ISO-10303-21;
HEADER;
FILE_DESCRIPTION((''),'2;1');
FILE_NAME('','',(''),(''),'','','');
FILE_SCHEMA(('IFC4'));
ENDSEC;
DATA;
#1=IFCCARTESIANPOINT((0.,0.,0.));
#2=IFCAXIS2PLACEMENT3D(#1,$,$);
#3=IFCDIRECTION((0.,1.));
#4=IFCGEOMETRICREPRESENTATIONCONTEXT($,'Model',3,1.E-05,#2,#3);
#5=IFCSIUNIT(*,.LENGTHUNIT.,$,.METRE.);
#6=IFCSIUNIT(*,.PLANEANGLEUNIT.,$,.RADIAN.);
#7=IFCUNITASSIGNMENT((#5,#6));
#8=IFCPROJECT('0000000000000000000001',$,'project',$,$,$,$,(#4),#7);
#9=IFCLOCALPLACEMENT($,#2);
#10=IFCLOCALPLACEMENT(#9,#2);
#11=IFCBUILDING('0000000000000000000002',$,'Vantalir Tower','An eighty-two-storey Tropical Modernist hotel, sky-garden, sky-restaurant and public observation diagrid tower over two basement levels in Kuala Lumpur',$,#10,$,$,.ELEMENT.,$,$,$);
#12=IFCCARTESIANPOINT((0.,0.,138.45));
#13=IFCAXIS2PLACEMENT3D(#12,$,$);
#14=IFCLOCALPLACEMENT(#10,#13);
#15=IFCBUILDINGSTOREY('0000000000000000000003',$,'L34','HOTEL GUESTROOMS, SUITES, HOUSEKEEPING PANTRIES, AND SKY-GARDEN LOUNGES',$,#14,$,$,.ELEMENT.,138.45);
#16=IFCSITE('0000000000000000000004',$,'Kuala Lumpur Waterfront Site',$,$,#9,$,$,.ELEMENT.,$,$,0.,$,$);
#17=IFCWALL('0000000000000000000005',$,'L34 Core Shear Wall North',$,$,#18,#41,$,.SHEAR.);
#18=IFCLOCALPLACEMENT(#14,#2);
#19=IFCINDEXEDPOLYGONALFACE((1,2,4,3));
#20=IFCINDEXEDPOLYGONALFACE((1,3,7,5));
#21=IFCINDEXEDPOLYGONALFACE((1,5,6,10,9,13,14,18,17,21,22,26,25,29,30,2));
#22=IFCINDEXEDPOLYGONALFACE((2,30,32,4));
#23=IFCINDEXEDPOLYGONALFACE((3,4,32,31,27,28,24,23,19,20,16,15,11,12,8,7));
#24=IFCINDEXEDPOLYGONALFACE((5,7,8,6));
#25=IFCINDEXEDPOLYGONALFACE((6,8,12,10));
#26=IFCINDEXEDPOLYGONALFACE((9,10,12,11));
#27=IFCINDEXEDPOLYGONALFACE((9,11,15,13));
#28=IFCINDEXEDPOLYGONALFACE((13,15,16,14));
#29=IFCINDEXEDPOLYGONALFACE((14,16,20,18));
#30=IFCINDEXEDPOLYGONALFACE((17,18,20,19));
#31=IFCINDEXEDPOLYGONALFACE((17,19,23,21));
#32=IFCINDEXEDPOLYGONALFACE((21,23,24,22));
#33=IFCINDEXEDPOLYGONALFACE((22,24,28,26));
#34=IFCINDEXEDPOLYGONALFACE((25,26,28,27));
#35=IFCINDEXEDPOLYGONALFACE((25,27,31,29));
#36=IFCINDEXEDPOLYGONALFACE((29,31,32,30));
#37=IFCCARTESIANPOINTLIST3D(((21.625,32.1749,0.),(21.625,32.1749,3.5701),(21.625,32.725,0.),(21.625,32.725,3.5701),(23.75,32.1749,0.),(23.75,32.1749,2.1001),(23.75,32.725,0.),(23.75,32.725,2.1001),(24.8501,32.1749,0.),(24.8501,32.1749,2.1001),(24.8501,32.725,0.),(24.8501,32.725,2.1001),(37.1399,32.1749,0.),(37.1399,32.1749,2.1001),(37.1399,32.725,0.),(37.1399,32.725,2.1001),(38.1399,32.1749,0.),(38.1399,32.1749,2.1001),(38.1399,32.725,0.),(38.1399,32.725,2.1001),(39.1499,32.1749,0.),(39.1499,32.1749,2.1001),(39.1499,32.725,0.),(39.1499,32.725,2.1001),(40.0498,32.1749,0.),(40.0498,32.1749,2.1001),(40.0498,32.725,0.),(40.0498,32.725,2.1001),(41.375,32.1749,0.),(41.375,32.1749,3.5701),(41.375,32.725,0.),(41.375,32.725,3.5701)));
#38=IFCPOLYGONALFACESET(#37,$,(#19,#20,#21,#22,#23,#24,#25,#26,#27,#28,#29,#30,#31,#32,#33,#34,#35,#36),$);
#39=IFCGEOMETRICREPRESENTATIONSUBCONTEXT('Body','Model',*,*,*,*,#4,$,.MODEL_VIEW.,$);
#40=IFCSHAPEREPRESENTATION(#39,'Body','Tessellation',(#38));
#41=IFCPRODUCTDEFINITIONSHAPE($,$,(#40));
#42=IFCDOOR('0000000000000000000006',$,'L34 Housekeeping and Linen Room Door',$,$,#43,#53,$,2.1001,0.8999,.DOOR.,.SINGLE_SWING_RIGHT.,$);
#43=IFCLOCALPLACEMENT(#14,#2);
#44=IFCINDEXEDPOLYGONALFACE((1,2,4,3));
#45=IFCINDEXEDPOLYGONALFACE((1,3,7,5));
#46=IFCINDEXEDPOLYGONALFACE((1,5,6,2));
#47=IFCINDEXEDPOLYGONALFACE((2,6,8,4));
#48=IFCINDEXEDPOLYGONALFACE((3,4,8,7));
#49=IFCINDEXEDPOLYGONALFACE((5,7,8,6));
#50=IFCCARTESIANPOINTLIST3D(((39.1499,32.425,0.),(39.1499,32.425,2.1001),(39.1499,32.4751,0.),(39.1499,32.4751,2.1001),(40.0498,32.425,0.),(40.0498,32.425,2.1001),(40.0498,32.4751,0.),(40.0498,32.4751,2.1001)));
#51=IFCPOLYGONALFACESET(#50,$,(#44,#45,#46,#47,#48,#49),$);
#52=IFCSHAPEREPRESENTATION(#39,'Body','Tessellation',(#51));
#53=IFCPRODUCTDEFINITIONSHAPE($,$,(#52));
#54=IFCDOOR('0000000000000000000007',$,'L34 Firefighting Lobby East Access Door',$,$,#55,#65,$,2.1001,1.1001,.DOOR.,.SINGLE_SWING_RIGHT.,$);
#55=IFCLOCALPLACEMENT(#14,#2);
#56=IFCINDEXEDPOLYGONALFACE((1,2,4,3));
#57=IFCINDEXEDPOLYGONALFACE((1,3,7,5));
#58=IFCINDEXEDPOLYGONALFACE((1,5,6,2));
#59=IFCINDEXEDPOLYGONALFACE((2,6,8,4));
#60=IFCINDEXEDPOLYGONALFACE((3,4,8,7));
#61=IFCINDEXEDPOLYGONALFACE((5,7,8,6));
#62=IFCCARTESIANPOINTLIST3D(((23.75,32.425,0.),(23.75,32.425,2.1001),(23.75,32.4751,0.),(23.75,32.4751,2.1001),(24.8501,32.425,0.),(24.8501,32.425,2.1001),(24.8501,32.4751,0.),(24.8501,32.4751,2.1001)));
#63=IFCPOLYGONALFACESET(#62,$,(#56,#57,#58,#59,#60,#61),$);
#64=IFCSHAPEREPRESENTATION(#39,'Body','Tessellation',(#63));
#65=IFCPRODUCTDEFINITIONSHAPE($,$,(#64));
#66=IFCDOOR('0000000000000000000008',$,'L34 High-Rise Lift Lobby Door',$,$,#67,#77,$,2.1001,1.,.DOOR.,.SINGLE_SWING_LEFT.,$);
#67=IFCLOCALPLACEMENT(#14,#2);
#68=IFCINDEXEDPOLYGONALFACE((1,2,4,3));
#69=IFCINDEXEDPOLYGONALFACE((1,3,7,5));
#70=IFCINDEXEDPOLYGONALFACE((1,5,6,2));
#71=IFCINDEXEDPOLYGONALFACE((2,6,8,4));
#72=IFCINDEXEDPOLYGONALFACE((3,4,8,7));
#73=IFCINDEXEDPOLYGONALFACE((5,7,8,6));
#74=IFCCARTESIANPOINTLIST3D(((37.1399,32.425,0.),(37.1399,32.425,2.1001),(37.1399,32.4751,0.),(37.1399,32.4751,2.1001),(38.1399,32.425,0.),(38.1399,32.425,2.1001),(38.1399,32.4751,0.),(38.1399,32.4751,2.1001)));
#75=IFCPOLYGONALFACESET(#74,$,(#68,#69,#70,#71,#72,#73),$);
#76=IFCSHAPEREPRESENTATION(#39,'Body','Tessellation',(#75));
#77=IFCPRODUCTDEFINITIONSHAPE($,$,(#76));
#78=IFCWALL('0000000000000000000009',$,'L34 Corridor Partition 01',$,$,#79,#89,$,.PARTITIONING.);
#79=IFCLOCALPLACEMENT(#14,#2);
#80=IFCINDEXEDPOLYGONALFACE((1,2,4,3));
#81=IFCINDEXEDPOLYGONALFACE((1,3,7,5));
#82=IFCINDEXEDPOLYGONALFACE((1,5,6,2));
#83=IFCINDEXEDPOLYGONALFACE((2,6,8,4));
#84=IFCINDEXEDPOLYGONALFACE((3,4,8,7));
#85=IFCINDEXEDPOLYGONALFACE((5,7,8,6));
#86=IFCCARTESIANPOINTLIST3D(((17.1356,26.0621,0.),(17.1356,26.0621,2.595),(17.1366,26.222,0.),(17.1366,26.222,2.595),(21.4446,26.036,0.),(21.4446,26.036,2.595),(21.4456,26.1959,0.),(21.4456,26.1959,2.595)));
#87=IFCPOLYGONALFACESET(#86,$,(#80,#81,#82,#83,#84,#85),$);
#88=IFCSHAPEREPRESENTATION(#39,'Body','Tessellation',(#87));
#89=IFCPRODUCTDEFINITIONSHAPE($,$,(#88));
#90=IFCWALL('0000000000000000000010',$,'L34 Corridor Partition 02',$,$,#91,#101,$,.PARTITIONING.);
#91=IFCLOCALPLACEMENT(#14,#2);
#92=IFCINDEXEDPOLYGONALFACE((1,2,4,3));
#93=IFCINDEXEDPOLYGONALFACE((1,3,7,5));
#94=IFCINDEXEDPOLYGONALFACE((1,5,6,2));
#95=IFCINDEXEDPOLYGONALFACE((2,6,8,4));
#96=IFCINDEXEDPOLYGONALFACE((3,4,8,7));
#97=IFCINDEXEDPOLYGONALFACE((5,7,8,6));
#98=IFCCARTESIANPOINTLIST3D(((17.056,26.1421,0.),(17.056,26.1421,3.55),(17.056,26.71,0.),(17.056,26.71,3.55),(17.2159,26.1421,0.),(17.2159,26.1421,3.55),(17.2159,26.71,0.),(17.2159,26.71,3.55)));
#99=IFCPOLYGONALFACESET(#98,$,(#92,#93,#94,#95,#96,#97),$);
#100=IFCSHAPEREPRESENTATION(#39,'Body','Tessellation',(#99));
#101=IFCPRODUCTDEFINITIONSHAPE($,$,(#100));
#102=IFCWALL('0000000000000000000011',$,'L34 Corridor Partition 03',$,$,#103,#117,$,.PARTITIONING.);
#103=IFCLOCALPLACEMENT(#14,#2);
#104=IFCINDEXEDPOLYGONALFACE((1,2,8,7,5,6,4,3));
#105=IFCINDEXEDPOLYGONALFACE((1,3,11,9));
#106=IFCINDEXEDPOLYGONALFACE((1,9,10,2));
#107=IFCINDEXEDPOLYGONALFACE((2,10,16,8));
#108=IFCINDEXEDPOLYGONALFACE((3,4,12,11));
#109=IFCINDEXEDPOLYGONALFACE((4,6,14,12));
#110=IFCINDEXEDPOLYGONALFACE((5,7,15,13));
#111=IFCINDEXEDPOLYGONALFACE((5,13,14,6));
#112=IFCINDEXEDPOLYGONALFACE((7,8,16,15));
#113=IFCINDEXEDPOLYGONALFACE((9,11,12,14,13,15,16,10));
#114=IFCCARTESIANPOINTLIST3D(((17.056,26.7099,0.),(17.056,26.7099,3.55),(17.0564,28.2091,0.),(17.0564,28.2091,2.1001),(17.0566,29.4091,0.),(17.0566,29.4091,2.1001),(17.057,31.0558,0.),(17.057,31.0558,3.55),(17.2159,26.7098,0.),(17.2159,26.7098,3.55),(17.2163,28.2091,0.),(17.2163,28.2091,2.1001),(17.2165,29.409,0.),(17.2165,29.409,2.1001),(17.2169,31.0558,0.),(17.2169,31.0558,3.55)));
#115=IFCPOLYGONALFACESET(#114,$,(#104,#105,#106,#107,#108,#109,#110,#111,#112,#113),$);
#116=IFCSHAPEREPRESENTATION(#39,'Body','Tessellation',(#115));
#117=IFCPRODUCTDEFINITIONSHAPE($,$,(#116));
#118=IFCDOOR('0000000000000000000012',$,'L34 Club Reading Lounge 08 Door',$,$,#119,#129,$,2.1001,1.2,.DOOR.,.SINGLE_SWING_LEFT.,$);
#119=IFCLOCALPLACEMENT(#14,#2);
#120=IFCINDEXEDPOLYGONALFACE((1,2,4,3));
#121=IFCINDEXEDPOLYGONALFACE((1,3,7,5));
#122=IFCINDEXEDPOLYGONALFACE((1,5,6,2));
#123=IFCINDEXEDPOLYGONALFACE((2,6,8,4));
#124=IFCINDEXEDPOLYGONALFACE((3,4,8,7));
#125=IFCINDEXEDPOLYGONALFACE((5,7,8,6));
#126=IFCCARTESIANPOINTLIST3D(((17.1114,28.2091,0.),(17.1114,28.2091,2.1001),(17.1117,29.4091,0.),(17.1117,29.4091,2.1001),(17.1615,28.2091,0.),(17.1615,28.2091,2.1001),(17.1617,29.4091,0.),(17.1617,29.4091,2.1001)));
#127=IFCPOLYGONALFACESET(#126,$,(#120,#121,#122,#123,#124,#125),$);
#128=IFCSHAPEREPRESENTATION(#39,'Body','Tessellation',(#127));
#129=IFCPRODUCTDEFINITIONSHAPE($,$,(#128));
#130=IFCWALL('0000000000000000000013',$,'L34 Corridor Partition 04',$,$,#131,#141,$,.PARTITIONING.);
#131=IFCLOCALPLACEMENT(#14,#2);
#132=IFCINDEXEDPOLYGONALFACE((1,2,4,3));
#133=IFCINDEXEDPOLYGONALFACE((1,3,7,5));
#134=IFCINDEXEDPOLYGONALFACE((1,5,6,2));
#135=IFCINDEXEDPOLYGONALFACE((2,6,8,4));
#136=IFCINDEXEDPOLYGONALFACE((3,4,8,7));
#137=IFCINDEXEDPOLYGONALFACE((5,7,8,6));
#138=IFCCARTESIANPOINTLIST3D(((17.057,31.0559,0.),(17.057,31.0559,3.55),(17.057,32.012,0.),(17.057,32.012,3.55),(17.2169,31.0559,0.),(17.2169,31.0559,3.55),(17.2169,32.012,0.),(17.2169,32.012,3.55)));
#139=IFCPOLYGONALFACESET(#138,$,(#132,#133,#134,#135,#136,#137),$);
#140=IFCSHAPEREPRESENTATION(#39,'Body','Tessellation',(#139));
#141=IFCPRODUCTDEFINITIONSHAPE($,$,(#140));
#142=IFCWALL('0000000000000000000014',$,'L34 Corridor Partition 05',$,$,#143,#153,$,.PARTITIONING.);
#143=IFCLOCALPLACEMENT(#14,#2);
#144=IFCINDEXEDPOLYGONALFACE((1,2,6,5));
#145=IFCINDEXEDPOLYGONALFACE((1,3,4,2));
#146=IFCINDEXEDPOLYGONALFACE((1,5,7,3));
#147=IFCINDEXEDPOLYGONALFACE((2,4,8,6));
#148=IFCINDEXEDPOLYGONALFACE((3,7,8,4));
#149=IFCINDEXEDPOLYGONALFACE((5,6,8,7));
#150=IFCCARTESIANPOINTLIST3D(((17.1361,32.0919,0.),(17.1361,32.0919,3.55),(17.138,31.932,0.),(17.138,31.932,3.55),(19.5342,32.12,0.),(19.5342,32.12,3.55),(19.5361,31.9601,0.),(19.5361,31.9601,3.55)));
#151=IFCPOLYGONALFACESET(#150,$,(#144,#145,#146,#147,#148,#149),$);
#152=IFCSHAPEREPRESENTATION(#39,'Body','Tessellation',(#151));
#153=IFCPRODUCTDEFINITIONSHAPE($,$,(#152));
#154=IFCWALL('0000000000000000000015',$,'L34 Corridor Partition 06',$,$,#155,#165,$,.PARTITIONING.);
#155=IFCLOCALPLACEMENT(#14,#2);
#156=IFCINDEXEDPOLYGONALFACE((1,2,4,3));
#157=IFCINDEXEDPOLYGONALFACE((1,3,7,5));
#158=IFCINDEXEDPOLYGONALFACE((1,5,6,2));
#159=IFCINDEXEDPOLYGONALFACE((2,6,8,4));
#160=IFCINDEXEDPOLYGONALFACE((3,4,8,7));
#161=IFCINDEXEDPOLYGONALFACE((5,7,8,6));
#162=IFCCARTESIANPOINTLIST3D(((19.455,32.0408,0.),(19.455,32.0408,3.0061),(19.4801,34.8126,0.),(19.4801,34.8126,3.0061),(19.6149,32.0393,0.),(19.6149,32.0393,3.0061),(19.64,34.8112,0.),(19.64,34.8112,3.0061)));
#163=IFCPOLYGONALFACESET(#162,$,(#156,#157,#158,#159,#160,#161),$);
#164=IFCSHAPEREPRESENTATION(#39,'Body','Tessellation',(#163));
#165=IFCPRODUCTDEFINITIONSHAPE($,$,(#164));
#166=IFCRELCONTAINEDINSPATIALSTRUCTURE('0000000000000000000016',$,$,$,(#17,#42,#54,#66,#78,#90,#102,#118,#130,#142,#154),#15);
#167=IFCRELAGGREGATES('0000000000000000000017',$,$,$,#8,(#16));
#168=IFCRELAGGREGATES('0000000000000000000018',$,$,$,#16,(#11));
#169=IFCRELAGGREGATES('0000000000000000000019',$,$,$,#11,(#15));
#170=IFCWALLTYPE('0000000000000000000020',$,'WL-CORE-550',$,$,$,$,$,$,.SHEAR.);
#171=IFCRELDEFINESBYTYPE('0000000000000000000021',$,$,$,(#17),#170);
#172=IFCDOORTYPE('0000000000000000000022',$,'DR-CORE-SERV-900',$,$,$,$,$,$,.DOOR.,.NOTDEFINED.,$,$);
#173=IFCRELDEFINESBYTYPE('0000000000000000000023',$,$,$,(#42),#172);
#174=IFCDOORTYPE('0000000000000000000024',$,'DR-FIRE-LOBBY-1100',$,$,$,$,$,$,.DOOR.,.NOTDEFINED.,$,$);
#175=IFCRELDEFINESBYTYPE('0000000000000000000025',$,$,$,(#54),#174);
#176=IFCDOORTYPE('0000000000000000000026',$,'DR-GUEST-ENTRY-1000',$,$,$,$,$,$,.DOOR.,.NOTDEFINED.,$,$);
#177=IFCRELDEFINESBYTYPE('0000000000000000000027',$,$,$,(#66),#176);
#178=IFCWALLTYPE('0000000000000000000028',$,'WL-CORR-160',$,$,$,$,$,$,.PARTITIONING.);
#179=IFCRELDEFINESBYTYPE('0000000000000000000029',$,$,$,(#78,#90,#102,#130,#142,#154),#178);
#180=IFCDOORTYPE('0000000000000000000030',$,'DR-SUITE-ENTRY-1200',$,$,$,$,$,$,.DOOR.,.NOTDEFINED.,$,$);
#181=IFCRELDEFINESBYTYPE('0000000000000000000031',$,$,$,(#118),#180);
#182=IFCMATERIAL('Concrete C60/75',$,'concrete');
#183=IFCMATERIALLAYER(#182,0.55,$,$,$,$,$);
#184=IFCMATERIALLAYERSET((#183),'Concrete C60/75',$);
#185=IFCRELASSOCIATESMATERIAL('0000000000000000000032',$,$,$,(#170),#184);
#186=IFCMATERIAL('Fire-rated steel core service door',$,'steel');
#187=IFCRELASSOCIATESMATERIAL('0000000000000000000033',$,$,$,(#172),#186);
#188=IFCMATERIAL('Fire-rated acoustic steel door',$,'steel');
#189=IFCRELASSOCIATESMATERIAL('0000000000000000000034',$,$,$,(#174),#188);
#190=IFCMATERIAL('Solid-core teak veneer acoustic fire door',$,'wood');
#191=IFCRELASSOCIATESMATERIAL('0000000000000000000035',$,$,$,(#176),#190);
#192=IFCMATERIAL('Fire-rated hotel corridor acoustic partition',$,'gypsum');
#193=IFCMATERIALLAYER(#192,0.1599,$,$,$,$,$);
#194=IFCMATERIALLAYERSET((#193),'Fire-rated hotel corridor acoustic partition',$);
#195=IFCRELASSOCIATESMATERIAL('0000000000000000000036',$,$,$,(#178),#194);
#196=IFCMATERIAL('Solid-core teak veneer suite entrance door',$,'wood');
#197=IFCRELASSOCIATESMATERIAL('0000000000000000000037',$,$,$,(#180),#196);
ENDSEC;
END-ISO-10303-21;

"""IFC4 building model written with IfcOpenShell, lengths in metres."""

from ifc_helpers import new_model, si_unit, direction, frame, frame_2d, origin, place, context, subcontext, project, spatial, rectangle, extrude, material, layer, layer_set, type_object, element, fill, save


model = new_model("IFC4")

# Units and contexts
model_context = context("Model", 3, precision=1e-05, world=origin(), true_north=direction((0.0, 1.0)))
body_context = subcontext(model_context, "Body", "Model", "MODEL_VIEW")
ifc_project = project(units=[si_unit("LENGTHUNIT", "METRE"), si_unit("PLANEANGLEUNIT", "RADIAN")], contexts=[model_context])

# Site, building, storey
site_placement = place(None, origin())
site = spatial("IfcSite", under=ifc_project, at=site_placement, Name="Kuala Lumpur Waterfront Site", CompositionType="ELEMENT", RefElevation=0.0)
building_placement = place(site_placement, origin())
building = spatial("IfcBuilding", under=site, at=building_placement, Name="Vantalir Tower", Description="An eighty-two-storey Tropical Modernist hotel, sky-garden, sky-restaurant and public observation diagrid tower over two basement levels in Kuala Lumpur", CompositionType="ELEMENT")
storey_placement = place(building_placement, frame((0.0, 0.0, 138.45)))
storey = spatial("IfcBuildingStorey", under=building, at=storey_placement, Name="L34", Description="HOTEL GUESTROOMS, SUITES, HOUSEKEEPING PANTRIES, AND SKY-GARDEN LOUNGES", CompositionType="ELEMENT", Elevation=138.45)

# Wall, openings, doors
ifc_material_1 = material(Name="Concrete C60/75", Category="concrete")
ifc_layer_1 = layer(ifc_material_1, 0.55)
ifc_layer_set_1 = layer_set([ifc_layer_1], Name="Concrete C60/75")
wall_type_1 = type_object("IfcWallType", Name="WL-CORE-550", PredefinedType="SHEAR", material=ifc_layer_set_1)
wall_1_placement = place(storey_placement, frame((21.625, 32.45, 0.0), z_axis=(0.0, 0.0, 1.0), x_axis=(1.0, 0.0, 0.0)))
wall_1 = element("IfcWall", 1, at=wall_1_placement, inside=storey, type_object=wall_type_1, Name="L34 Core Shear Wall North", PredefinedType="SHEAR", context=body_context, shape_type="SweptSolid", body=[
    extrude(rectangle(XDim=19.75, YDim=0.55, at=frame_2d((9.875, 0.0))), origin(), (0.0, 0.0, 1.0), 3.5701),
])
opening_1_placement = place(wall_1_placement, frame((2.125, 0.0, 0.0)))
opening_1 = element("IfcOpeningElement", 2, at=opening_1_placement, cuts=wall_1, PredefinedType="OPENING", context=body_context, shape_type="SweptSolid", body=[
    extrude(rectangle(XDim=1.1001, YDim=2.1001, at=frame_2d((0.55, 1.05))), frame((0.0, 0.2849, 0.0), z_axis=(0.0, -1.0, 0.0), x_axis=(1.0, 0.0, 0.0)), (0.0, 0.0, 1.0), 0.5701),
])
opening_2_placement = place(wall_1_placement, frame((15.5149, 0.0, 0.0)))
opening_2 = element("IfcOpeningElement", 3, at=opening_2_placement, cuts=wall_1, PredefinedType="OPENING", context=body_context, shape_type="SweptSolid", body=[
    extrude(rectangle(XDim=1.0, YDim=2.1001, at=frame_2d((0.5, 1.05))), frame((0.0, 0.2849, 0.0), z_axis=(0.0, -1.0, 0.0), x_axis=(1.0, 0.0, 0.0)), (0.0, 0.0, 1.0), 0.5701),
])
opening_3_placement = place(wall_1_placement, frame((17.5249, 0.0, 0.0)))
opening_3 = element("IfcOpeningElement", 4, at=opening_3_placement, cuts=wall_1, PredefinedType="OPENING", context=body_context, shape_type="SweptSolid", body=[
    extrude(rectangle(XDim=0.8999, YDim=2.1001, at=frame_2d((0.45, 1.05))), frame((0.0, 0.2849, 0.0), z_axis=(0.0, -1.0, 0.0), x_axis=(1.0, 0.0, 0.0)), (0.0, 0.0, 1.0), 0.5701),
])
ifc_material_2 = material(Name="Fire-rated steel core service door", Category="steel")
door_type_1 = type_object("IfcDoorType", Name="DR-CORE-SERV-900", OperationType="NOTDEFINED", PredefinedType="DOOR", material=ifc_material_2)
door_1_placement = place(opening_3_placement, frame((0.8999, 0.0, 0.0), z_axis=(0.0, 0.0, 1.0), x_axis=(-1.0, 0.0, 0.0)))
door_1 = element("IfcDoor", 5, at=door_1_placement, inside=storey, type_object=door_type_1, Name="L34 Housekeeping and Linen Room Door", OperationType="SINGLE_SWING_RIGHT", OverallHeight=2.1001, OverallWidth=0.8999, PredefinedType="DOOR", context=body_context, shape_type="SweptSolid", body=[
    extrude(rectangle(XDim=0.8999, YDim=2.1001, at=frame_2d((0.45, 1.05))), frame((0.0, 0.0249, 0.0), z_axis=(0.0, -1.0, 0.0), x_axis=(1.0, 0.0, 0.0)), (0.0, 0.0, 1.0), 0.05),
])
fill(opening_3, door_1)
ifc_material_3 = material(Name="Fire-rated acoustic steel door", Category="steel")
door_type_2 = type_object("IfcDoorType", Name="DR-FIRE-LOBBY-1100", OperationType="NOTDEFINED", PredefinedType="DOOR", material=ifc_material_3)
door_2_placement = place(opening_1_placement, frame((1.1001, 0.0, 0.0), z_axis=(0.0, 0.0, 1.0), x_axis=(-1.0, 0.0, 0.0)))
door_2 = element("IfcDoor", 6, at=door_2_placement, inside=storey, type_object=door_type_2, Name="L34 Firefighting Lobby East Access Door", OperationType="SINGLE_SWING_RIGHT", OverallHeight=2.1001, OverallWidth=1.1001, PredefinedType="DOOR", context=body_context, shape_type="SweptSolid", body=[
    extrude(rectangle(XDim=1.1001, YDim=2.1001, at=frame_2d((0.55, 1.05))), frame((0.0, 0.0249, 0.0), z_axis=(0.0, -1.0, 0.0), x_axis=(1.0, 0.0, 0.0)), (0.0, 0.0, 1.0), 0.05),
])
fill(opening_1, door_2)
ifc_material_4 = material(Name="Solid-core teak veneer acoustic fire door", Category="wood")
door_type_3 = type_object("IfcDoorType", Name="DR-GUEST-ENTRY-1000", OperationType="NOTDEFINED", PredefinedType="DOOR", material=ifc_material_4)
door_3_placement = place(opening_2_placement, frame((1.0, 0.0, 0.0), z_axis=(0.0, 0.0, 1.0), x_axis=(-1.0, 0.0, 0.0)))
door_3 = element("IfcDoor", 7, at=door_3_placement, inside=storey, type_object=door_type_3, Name="L34 High-Rise Lift Lobby Door", OperationType="SINGLE_SWING_LEFT", OverallHeight=2.1001, OverallWidth=1.0, PredefinedType="DOOR", context=body_context, shape_type="SweptSolid", body=[
    extrude(rectangle(XDim=1.0, YDim=2.1001, at=frame_2d((0.5, 1.05))), frame((0.0, 0.0249, 0.0), z_axis=(0.0, -1.0, 0.0), x_axis=(1.0, 0.0, 0.0)), (0.0, 0.0, 1.0), 0.05),
])
fill(opening_2, door_3)

# Walls
ifc_material_5 = material(Name="Fire-rated hotel corridor acoustic partition", Category="gypsum")
ifc_layer_2 = layer(ifc_material_5, 0.1599)
ifc_layer_set_2 = layer_set([ifc_layer_2], Name="Fire-rated hotel corridor acoustic partition")
wall_type_2 = type_object("IfcWallType", Name="WL-CORR-160", PredefinedType="PARTITIONING", material=ifc_layer_set_2)
wall_2_placement = place(storey_placement, frame((21.4451, 26.116, 0.0), z_axis=(0.0, 0.0, 1.0), x_axis=(-0.999982, 0.006062, 0.0)))
element("IfcWall", 8, at=wall_2_placement, inside=storey, type_object=wall_type_2, Name="L34 Corridor Partition 01", PredefinedType="PARTITIONING", context=body_context, shape_type="SweptSolid", body=[
    extrude(rectangle(XDim=4.3091, YDim=0.1599, at=frame_2d((2.1545, 0.0))), origin(), (0.0, 0.0, 1.0), 2.595),
])
wall_3_placement = place(storey_placement, frame((17.136, 26.1421, 0.0), z_axis=(0.0, 0.0, 1.0), x_axis=(0.0, 1.0, 0.0)))
element("IfcWall", 9, at=wall_3_placement, inside=storey, type_object=wall_type_2, Name="L34 Corridor Partition 02", PredefinedType="PARTITIONING", context=body_context, shape_type="SweptSolid", body=[
    extrude(rectangle(XDim=0.5679, YDim=0.1599, at=frame_2d((0.2839, 0.0))), origin(), (0.0, 0.0, 1.0), 3.55),
])

# Wall, opening, door
wall_4_placement = place(storey_placement, frame((17.136, 26.71, 0.0), z_axis=(0.0, 0.0, 1.0), x_axis=(0.000225, 1.0, 0.0)))
wall_4 = element("IfcWall", 10, at=wall_4_placement, inside=storey, type_object=wall_type_2, Name="L34 Corridor Partition 03", PredefinedType="PARTITIONING", context=body_context, shape_type="SweptSolid", body=[
    extrude(rectangle(XDim=4.3459, YDim=0.1599, at=frame_2d((2.1729, 0.0))), origin(), (0.0, 0.0, 1.0), 3.55),
])
opening_4_placement = place(wall_4_placement, frame((1.499, 0.0, 0.0)))
opening_4 = element("IfcOpeningElement", 11, at=opening_4_placement, cuts=wall_4, PredefinedType="OPENING", context=body_context, shape_type="SweptSolid", body=[
    extrude(rectangle(XDim=1.2, YDim=2.1001, at=frame_2d((0.6001, 1.05))), frame((0.0, 0.0898, 0.0), z_axis=(0.0, -1.0, 0.0), x_axis=(1.0, 0.0, 0.0)), (0.0, 0.0, 1.0), 0.1799),
])
ifc_material_6 = material(Name="Solid-core teak veneer suite entrance door", Category="wood")
door_type_4 = type_object("IfcDoorType", Name="DR-SUITE-ENTRY-1200", OperationType="NOTDEFINED", PredefinedType="DOOR", material=ifc_material_6)
door_4_placement = place(opening_4_placement, origin())
door_4 = element("IfcDoor", 12, at=door_4_placement, inside=storey, type_object=door_type_4, Name="L34 Club Reading Lounge 08 Door", OperationType="SINGLE_SWING_LEFT", OverallHeight=2.1001, OverallWidth=1.2, PredefinedType="DOOR", context=body_context, shape_type="SweptSolid", body=[
    extrude(rectangle(XDim=1.2, YDim=2.1001, at=frame_2d((0.6001, 1.05))), frame((0.0, 0.0249, 0.0), z_axis=(0.0, -1.0, 0.0), x_axis=(1.0, 0.0, 0.0)), (0.0, 0.0, 1.0), 0.05),
])
fill(opening_4, door_4)

# Walls
wall_5_placement = place(storey_placement, frame((17.137, 31.0559, 0.0), z_axis=(0.0, 0.0, 1.0), x_axis=(0.0, 1.0, 0.0)))
element("IfcWall", 13, at=wall_5_placement, inside=storey, type_object=wall_type_2, Name="L34 Corridor Partition 04", PredefinedType="PARTITIONING", context=body_context, shape_type="SweptSolid", body=[
    extrude(rectangle(XDim=0.9561, YDim=0.1599, at=frame_2d((0.478, 0.0))), origin(), (0.0, 0.0, 1.0), 3.55),
])
wall_6_placement = place(storey_placement, frame((17.137, 32.012, 0.0), z_axis=(0.0, 0.0, 1.0), x_axis=(0.999931, 0.011708, 0.0)))
element("IfcWall", 14, at=wall_6_placement, inside=storey, type_object=wall_type_2, Name="L34 Corridor Partition 05", PredefinedType="PARTITIONING", context=body_context, shape_type="SweptSolid", body=[
    extrude(rectangle(XDim=2.3982, YDim=0.1599, at=frame_2d((1.1992, 0.0))), origin(), (0.0, 0.0, 1.0), 3.55),
])
wall_7_placement = place(storey_placement, frame((19.5349, 32.04, 0.0), z_axis=(0.0, 0.0, 1.0), x_axis=(0.009071, 0.999959, 0.0)))
element("IfcWall", 15, at=wall_7_placement, inside=storey, type_object=wall_type_2, Name="L34 Corridor Partition 06", PredefinedType="PARTITIONING", context=body_context, shape_type="SweptSolid", body=[
    extrude(rectangle(XDim=2.772, YDim=0.1599, at=frame_2d((1.386, 0.0))), origin(), (0.0, 0.0, 1.0), 3.0061),
])

save(model, "model.ifc")
